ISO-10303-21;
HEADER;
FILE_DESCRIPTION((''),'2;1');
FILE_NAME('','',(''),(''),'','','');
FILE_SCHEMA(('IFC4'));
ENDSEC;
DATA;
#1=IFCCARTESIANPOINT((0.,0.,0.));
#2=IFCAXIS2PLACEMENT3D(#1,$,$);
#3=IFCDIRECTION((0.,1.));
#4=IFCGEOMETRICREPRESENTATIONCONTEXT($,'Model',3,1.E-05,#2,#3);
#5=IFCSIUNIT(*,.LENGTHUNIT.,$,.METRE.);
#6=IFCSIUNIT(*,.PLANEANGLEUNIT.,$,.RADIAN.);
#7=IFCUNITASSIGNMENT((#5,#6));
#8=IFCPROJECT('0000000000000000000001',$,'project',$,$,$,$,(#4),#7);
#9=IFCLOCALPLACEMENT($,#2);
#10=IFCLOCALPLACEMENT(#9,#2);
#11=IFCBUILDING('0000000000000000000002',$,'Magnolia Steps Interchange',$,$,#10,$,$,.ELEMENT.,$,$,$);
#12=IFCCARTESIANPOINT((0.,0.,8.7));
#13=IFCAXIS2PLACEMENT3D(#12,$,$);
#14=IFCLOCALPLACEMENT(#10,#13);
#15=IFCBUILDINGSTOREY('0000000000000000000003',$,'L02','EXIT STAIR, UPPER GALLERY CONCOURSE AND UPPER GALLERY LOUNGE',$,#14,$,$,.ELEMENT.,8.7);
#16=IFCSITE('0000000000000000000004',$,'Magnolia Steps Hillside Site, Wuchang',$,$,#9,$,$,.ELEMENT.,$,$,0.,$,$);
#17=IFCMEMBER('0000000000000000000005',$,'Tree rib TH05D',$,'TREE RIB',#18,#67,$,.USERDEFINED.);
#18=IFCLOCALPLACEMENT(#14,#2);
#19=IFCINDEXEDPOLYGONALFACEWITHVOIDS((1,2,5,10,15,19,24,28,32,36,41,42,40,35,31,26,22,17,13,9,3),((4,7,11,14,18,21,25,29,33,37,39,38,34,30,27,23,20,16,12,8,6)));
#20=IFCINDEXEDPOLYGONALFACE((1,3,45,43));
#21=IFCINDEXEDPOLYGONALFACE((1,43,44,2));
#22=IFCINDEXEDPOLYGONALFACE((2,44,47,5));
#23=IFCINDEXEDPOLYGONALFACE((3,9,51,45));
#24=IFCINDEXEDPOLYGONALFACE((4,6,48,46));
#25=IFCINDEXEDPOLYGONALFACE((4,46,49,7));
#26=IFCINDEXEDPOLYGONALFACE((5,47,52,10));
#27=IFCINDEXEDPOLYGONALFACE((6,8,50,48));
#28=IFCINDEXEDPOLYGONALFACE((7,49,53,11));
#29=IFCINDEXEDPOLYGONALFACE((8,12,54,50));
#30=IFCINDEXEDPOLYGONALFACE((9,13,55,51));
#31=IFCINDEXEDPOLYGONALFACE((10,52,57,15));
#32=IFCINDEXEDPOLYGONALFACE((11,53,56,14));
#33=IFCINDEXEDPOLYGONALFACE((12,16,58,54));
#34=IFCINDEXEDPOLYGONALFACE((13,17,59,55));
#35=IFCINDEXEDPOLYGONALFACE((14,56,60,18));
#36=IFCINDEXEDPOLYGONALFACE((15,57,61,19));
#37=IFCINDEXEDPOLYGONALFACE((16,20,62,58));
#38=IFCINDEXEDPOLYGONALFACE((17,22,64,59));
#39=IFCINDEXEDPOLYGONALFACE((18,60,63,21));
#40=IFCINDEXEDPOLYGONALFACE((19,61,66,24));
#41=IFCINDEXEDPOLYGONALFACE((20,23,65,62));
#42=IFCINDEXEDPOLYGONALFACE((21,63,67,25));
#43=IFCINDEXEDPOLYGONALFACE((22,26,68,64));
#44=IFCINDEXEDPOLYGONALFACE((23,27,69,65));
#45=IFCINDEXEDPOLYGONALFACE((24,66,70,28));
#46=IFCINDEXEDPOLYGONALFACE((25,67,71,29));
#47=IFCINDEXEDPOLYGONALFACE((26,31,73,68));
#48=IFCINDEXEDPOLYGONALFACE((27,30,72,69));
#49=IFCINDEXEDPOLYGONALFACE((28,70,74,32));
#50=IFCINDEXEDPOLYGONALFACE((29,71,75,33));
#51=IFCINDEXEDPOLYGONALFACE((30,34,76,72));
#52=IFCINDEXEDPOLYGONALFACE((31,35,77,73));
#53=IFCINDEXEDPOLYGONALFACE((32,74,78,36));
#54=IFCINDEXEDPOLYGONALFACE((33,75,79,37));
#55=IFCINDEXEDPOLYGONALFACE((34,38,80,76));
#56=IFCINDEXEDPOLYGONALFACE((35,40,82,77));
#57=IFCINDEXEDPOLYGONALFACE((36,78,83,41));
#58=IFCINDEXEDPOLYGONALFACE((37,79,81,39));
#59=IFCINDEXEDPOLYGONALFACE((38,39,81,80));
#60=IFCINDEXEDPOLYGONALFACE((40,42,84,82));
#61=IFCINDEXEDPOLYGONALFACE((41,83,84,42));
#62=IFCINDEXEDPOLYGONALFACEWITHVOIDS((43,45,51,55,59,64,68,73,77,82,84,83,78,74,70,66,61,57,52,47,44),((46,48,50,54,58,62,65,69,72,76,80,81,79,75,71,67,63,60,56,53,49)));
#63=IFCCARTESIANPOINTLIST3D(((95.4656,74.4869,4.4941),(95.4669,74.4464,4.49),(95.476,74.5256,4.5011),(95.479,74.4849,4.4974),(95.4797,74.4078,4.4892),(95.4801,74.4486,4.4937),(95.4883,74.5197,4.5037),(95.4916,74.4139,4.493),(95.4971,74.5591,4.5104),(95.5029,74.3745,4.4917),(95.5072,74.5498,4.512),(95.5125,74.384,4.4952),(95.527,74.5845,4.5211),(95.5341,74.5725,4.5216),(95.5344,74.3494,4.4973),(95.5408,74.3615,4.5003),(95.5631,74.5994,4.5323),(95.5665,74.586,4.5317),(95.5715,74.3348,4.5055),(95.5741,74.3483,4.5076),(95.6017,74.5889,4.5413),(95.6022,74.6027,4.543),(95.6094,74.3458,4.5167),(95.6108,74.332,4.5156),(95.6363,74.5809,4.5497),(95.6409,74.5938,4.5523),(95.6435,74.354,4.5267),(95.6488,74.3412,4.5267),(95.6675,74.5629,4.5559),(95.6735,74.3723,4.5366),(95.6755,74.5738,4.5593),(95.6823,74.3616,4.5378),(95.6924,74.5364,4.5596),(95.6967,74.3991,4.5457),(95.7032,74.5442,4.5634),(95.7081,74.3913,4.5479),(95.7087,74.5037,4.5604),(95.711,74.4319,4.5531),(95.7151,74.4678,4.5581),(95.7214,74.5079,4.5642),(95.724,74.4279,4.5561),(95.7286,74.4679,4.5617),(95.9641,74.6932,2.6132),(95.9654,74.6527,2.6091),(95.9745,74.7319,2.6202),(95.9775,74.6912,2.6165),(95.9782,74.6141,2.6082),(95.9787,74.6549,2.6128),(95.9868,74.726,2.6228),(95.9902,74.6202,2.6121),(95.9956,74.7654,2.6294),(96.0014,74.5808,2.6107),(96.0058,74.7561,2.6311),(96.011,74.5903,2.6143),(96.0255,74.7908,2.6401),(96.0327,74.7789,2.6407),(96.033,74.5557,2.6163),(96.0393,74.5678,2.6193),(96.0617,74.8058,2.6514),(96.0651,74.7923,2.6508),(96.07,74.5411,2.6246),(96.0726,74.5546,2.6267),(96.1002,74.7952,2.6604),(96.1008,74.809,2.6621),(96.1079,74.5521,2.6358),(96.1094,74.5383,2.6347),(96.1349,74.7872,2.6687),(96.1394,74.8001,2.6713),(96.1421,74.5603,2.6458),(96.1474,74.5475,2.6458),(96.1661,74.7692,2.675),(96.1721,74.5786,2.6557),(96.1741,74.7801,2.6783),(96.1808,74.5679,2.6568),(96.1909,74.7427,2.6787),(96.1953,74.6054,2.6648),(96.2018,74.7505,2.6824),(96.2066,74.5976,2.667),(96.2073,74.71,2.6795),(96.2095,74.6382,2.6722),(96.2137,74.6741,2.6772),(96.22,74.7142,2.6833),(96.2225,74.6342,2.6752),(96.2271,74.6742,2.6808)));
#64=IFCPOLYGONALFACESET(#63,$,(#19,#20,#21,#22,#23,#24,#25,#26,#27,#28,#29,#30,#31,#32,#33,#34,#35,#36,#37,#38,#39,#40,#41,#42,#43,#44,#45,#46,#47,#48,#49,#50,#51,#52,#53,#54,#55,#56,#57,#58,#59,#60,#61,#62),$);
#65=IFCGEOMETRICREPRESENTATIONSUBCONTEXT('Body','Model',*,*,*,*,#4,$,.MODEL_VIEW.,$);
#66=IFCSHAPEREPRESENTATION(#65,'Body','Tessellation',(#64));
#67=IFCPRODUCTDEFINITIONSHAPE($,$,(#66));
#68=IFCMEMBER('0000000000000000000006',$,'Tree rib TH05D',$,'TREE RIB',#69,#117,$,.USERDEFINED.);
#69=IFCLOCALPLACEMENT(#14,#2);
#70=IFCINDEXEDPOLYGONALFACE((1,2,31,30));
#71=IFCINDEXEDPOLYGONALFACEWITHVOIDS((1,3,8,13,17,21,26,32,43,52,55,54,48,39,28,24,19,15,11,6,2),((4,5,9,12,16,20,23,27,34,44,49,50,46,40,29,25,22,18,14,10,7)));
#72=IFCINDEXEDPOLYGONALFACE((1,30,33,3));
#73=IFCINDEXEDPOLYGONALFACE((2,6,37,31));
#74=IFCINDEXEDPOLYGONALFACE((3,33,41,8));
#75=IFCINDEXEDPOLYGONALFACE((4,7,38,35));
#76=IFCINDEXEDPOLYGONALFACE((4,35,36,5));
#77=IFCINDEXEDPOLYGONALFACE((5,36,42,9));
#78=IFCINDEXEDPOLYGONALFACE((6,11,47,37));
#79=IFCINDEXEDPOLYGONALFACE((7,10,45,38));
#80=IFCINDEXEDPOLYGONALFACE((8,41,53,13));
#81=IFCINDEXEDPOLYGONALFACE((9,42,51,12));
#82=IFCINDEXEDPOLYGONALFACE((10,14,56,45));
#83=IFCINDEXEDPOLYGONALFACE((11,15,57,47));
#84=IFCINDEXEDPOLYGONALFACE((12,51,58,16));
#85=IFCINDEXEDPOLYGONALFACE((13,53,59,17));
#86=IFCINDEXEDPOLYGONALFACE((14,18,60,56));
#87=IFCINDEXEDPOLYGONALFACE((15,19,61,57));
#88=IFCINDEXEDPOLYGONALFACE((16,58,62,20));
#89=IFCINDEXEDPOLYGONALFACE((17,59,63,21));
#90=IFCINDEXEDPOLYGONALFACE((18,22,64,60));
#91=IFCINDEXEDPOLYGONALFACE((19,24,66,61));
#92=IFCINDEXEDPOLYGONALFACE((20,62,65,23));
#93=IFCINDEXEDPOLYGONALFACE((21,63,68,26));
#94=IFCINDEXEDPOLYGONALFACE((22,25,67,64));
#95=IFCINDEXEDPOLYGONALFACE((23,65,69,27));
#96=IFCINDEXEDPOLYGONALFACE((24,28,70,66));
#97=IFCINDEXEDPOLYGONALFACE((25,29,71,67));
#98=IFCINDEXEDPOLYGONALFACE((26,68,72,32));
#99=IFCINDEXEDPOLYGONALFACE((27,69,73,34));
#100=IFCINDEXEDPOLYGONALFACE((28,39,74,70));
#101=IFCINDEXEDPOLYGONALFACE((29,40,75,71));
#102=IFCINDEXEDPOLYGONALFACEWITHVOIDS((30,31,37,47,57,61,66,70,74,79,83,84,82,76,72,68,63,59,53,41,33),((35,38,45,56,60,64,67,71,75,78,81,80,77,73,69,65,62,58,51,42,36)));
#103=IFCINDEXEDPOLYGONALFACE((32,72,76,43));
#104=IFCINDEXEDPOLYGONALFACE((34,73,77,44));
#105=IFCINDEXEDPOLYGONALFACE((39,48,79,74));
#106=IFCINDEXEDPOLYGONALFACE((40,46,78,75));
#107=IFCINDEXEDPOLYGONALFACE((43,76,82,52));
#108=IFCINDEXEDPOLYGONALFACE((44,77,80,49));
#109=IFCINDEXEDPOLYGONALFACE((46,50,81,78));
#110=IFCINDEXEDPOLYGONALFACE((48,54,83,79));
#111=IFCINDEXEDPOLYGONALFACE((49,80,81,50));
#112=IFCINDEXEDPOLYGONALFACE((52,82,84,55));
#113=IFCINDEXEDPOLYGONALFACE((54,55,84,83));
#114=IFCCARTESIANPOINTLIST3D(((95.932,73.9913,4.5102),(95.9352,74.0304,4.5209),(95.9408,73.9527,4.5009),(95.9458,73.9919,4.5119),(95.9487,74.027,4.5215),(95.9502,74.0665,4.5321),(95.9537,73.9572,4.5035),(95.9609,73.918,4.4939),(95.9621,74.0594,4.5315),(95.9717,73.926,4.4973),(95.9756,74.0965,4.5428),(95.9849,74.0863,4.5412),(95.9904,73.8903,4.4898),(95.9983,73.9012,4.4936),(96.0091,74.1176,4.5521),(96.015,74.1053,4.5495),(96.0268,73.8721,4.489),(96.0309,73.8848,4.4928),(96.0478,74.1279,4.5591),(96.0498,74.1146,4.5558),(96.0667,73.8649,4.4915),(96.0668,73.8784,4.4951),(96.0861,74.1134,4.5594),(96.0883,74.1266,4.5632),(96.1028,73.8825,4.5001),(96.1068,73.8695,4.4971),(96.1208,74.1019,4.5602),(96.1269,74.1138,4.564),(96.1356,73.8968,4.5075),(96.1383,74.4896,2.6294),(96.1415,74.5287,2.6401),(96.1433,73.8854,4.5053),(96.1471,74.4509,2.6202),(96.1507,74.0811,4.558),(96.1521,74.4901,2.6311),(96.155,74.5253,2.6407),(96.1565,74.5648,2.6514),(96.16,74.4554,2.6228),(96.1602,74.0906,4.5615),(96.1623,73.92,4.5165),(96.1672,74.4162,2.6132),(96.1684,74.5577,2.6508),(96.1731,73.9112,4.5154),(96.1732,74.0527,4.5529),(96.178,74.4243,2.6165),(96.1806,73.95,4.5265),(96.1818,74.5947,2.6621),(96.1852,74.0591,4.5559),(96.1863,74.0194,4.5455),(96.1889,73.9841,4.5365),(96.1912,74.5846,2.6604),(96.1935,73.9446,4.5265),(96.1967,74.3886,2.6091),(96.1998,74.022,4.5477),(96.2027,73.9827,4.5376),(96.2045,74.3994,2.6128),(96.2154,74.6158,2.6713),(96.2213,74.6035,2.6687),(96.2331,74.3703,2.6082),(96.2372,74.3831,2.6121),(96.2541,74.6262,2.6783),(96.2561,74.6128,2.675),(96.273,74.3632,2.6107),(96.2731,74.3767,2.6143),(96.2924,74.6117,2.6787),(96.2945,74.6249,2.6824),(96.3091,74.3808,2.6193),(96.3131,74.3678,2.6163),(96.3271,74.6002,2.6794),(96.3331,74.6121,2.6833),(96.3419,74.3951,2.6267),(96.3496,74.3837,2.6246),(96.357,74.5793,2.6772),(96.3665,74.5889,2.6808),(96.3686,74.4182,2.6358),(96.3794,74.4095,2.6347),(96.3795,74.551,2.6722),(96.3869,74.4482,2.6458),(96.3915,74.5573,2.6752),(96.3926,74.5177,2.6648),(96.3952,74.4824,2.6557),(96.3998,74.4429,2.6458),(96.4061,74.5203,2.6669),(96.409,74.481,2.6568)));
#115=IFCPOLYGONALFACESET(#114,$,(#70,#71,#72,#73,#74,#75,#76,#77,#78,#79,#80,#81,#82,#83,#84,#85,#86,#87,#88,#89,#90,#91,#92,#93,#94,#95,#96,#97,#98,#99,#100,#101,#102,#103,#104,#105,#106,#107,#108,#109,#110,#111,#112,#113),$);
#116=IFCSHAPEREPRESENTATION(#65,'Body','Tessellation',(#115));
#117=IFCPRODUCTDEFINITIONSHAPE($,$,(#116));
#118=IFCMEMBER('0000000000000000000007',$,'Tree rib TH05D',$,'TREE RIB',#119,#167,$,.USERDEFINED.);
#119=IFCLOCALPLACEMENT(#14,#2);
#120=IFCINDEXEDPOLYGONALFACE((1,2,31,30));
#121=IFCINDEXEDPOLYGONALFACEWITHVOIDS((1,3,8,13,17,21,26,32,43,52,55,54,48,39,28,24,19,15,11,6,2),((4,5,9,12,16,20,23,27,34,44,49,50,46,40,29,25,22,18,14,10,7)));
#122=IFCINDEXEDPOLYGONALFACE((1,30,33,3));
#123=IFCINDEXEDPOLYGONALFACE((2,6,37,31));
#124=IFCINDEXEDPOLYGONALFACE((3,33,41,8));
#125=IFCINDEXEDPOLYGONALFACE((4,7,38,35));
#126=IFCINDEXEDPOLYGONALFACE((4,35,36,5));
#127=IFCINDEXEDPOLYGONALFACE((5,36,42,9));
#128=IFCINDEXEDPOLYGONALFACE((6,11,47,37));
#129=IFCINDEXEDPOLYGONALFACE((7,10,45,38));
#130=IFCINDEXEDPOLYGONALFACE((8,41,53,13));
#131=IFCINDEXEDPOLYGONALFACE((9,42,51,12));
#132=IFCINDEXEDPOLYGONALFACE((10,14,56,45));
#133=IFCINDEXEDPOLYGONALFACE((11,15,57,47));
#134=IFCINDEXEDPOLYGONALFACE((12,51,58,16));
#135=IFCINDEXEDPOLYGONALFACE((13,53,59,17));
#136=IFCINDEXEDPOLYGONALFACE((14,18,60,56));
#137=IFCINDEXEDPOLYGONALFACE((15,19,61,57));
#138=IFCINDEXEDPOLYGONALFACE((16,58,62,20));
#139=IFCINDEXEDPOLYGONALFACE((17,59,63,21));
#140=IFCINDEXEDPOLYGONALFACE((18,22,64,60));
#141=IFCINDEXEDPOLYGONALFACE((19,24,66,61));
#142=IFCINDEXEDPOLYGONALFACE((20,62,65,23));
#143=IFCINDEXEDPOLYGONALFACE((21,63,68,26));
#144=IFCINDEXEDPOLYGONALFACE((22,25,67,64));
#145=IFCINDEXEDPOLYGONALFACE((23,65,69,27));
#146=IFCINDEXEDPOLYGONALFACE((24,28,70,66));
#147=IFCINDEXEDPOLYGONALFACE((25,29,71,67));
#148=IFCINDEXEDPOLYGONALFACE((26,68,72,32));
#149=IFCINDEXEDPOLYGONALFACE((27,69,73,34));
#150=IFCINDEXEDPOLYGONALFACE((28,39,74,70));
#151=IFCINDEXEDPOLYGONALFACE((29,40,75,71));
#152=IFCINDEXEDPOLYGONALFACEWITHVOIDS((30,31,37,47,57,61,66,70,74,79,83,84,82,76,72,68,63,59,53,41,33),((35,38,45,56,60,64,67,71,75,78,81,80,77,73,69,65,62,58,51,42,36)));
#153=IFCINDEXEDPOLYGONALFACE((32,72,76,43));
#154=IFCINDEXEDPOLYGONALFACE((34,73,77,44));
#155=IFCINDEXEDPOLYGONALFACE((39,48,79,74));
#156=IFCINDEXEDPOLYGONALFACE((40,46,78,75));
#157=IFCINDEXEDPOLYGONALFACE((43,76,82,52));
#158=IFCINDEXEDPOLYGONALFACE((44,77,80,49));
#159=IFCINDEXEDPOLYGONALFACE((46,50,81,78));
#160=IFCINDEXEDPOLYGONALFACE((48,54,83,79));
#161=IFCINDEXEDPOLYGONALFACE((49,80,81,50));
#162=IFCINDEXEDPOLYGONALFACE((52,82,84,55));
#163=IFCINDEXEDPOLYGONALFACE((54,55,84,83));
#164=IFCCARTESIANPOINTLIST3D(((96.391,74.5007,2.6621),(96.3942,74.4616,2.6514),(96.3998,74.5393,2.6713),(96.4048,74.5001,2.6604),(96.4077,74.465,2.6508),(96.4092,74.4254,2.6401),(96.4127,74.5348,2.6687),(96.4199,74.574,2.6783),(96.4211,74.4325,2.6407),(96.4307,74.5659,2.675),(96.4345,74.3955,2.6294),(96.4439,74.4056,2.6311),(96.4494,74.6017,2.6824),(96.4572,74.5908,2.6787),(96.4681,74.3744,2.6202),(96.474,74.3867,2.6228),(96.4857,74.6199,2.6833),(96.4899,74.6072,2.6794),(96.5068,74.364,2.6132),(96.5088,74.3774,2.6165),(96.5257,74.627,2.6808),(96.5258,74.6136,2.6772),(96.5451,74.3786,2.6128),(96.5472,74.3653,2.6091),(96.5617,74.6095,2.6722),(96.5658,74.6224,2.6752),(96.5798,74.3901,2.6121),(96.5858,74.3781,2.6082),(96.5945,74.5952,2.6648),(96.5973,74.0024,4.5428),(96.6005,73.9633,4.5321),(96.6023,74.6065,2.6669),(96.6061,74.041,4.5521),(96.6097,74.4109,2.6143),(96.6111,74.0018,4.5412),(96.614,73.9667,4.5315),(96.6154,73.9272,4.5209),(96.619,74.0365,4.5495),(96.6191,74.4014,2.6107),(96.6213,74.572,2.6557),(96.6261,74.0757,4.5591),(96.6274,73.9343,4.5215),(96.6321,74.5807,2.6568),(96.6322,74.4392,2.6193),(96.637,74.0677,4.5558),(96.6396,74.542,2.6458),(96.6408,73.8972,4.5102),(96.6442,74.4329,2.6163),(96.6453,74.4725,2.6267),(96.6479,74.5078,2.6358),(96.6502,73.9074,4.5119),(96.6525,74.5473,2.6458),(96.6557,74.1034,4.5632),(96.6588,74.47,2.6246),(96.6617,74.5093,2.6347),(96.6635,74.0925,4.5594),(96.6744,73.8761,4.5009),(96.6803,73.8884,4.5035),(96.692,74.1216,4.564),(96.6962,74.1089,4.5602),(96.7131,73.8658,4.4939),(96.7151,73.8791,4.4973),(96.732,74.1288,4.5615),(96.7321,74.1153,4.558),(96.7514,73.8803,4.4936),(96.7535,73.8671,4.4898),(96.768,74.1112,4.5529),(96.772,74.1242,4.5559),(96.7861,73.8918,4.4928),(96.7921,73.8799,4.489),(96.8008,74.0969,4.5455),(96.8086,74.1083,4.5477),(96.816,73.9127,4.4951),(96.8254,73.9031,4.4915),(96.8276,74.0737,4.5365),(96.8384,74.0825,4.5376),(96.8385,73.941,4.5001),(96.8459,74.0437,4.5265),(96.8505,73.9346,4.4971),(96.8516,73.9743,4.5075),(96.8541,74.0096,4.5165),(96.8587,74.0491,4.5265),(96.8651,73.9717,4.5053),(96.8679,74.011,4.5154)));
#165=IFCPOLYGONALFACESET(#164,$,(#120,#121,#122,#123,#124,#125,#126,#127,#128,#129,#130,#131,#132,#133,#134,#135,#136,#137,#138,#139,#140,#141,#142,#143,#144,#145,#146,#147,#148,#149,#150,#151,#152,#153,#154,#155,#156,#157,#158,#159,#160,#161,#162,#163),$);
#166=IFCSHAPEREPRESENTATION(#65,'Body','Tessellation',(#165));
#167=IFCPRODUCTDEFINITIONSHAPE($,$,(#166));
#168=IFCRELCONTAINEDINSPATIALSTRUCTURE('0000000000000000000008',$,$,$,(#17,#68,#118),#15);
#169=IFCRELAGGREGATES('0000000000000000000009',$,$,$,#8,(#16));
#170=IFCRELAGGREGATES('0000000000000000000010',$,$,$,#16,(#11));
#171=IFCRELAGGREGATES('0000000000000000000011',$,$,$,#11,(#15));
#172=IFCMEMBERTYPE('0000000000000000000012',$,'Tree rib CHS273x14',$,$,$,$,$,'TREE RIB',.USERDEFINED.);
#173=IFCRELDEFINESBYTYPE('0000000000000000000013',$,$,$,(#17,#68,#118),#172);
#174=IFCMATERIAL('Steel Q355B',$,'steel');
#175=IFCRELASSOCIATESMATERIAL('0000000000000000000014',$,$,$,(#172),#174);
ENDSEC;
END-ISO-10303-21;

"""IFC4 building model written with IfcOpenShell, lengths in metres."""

from ifc_helpers import new_model, si_unit, direction, frame, origin, origin_2d, place, context, subcontext, project, spatial, hollow_circle, extrude, material, material_profile, profile_set, type_object, element, save


model = new_model("IFC4")

# Units and contexts
model_context = context("Model", 3, precision=1e-05, world=origin(), true_north=direction((0.0, 1.0)))
body_context = subcontext(model_context, "Body", "Model", "MODEL_VIEW")
ifc_project = project(units=[si_unit("LENGTHUNIT", "METRE"), si_unit("PLANEANGLEUNIT", "RADIAN")], contexts=[model_context])

# Site, building, storey
site_placement = place(None, origin())
site = spatial("IfcSite", under=ifc_project, at=site_placement, Name="Magnolia Steps Hillside Site, Wuchang", CompositionType="ELEMENT", RefElevation=0.0)
building_placement = place(site_placement, origin())
building = spatial("IfcBuilding", under=site, at=building_placement, Name="Magnolia Steps Interchange", CompositionType="ELEMENT")
storey_placement = place(building_placement, frame((0.0, 0.0, 8.7)))
storey = spatial("IfcBuildingStorey", under=building, at=storey_placement, Name="L02", Description="EXIT STAIR, UPPER GALLERY CONCOURSE AND UPPER GALLERY LOUNGE", CompositionType="ELEMENT", Elevation=8.7)

# Members
ifc_material_1 = material(Name="Steel Q355B", Category="steel")
ifc_material_profile_1 = material_profile(ifc_material_1, hollow_circle(Radius=0.1365, WallThickness=0.0139, at=origin_2d()), Name="CHS273x14")
ifc_profile_set_1 = profile_set([ifc_material_profile_1], Name="Steel Q355B")
member_type_1 = type_object("IfcMemberType", Name="Tree rib CHS273x14", ElementType="TREE RIB", PredefinedType="USERDEFINED", material=ifc_profile_set_1)
member_1_placement = place(storey_placement, frame((96.0952, 74.6736, 2.6458), z_axis=(-0.254782, -0.105431, 0.961234), x_axis=(0.382365, -0.924011, 0.0)))
element("IfcMember", 1, at=member_1_placement, inside=storey, type_object=member_type_1, Name="Tree rib TH05D", ObjectType="TREE RIB", PredefinedType="USERDEFINED", context=body_context, shape_type="SweptSolid", body=[
    extrude(hollow_circle(Radius=0.1365, WallThickness=0.0139, at=origin_2d()), origin(), (0.0, 0.0, 1.0), 1.9568),
])
for number, where, z_axis, x_axis, name in (
    (2, (96.2737, 74.4951, 2.6458), (-0.105435, -0.254665, 0.961264), (0.923945, -0.382525, 0.0), "Tree rib TH05D"),
    (3, (96.5264, 74.4951, 2.6458), (0.105435, -0.254665, 0.961264), (0.923945, 0.382525, 0.0), "Tree rib TH05D"),
):
    element("IfcMember", number, at=place(storey_placement, frame(where, z_axis=z_axis, x_axis=x_axis)), inside=storey, type_object=member_type_1, Name=name, ObjectType="TREE RIB", PredefinedType="USERDEFINED", context=body_context, shape_type="SweptSolid", body=[
        extrude(hollow_circle(Radius=0.1365, WallThickness=0.0139, at=origin_2d()), origin(), (0.0, 0.0, 1.0), 1.9565),
    ])

save(model, "model.ifc")
